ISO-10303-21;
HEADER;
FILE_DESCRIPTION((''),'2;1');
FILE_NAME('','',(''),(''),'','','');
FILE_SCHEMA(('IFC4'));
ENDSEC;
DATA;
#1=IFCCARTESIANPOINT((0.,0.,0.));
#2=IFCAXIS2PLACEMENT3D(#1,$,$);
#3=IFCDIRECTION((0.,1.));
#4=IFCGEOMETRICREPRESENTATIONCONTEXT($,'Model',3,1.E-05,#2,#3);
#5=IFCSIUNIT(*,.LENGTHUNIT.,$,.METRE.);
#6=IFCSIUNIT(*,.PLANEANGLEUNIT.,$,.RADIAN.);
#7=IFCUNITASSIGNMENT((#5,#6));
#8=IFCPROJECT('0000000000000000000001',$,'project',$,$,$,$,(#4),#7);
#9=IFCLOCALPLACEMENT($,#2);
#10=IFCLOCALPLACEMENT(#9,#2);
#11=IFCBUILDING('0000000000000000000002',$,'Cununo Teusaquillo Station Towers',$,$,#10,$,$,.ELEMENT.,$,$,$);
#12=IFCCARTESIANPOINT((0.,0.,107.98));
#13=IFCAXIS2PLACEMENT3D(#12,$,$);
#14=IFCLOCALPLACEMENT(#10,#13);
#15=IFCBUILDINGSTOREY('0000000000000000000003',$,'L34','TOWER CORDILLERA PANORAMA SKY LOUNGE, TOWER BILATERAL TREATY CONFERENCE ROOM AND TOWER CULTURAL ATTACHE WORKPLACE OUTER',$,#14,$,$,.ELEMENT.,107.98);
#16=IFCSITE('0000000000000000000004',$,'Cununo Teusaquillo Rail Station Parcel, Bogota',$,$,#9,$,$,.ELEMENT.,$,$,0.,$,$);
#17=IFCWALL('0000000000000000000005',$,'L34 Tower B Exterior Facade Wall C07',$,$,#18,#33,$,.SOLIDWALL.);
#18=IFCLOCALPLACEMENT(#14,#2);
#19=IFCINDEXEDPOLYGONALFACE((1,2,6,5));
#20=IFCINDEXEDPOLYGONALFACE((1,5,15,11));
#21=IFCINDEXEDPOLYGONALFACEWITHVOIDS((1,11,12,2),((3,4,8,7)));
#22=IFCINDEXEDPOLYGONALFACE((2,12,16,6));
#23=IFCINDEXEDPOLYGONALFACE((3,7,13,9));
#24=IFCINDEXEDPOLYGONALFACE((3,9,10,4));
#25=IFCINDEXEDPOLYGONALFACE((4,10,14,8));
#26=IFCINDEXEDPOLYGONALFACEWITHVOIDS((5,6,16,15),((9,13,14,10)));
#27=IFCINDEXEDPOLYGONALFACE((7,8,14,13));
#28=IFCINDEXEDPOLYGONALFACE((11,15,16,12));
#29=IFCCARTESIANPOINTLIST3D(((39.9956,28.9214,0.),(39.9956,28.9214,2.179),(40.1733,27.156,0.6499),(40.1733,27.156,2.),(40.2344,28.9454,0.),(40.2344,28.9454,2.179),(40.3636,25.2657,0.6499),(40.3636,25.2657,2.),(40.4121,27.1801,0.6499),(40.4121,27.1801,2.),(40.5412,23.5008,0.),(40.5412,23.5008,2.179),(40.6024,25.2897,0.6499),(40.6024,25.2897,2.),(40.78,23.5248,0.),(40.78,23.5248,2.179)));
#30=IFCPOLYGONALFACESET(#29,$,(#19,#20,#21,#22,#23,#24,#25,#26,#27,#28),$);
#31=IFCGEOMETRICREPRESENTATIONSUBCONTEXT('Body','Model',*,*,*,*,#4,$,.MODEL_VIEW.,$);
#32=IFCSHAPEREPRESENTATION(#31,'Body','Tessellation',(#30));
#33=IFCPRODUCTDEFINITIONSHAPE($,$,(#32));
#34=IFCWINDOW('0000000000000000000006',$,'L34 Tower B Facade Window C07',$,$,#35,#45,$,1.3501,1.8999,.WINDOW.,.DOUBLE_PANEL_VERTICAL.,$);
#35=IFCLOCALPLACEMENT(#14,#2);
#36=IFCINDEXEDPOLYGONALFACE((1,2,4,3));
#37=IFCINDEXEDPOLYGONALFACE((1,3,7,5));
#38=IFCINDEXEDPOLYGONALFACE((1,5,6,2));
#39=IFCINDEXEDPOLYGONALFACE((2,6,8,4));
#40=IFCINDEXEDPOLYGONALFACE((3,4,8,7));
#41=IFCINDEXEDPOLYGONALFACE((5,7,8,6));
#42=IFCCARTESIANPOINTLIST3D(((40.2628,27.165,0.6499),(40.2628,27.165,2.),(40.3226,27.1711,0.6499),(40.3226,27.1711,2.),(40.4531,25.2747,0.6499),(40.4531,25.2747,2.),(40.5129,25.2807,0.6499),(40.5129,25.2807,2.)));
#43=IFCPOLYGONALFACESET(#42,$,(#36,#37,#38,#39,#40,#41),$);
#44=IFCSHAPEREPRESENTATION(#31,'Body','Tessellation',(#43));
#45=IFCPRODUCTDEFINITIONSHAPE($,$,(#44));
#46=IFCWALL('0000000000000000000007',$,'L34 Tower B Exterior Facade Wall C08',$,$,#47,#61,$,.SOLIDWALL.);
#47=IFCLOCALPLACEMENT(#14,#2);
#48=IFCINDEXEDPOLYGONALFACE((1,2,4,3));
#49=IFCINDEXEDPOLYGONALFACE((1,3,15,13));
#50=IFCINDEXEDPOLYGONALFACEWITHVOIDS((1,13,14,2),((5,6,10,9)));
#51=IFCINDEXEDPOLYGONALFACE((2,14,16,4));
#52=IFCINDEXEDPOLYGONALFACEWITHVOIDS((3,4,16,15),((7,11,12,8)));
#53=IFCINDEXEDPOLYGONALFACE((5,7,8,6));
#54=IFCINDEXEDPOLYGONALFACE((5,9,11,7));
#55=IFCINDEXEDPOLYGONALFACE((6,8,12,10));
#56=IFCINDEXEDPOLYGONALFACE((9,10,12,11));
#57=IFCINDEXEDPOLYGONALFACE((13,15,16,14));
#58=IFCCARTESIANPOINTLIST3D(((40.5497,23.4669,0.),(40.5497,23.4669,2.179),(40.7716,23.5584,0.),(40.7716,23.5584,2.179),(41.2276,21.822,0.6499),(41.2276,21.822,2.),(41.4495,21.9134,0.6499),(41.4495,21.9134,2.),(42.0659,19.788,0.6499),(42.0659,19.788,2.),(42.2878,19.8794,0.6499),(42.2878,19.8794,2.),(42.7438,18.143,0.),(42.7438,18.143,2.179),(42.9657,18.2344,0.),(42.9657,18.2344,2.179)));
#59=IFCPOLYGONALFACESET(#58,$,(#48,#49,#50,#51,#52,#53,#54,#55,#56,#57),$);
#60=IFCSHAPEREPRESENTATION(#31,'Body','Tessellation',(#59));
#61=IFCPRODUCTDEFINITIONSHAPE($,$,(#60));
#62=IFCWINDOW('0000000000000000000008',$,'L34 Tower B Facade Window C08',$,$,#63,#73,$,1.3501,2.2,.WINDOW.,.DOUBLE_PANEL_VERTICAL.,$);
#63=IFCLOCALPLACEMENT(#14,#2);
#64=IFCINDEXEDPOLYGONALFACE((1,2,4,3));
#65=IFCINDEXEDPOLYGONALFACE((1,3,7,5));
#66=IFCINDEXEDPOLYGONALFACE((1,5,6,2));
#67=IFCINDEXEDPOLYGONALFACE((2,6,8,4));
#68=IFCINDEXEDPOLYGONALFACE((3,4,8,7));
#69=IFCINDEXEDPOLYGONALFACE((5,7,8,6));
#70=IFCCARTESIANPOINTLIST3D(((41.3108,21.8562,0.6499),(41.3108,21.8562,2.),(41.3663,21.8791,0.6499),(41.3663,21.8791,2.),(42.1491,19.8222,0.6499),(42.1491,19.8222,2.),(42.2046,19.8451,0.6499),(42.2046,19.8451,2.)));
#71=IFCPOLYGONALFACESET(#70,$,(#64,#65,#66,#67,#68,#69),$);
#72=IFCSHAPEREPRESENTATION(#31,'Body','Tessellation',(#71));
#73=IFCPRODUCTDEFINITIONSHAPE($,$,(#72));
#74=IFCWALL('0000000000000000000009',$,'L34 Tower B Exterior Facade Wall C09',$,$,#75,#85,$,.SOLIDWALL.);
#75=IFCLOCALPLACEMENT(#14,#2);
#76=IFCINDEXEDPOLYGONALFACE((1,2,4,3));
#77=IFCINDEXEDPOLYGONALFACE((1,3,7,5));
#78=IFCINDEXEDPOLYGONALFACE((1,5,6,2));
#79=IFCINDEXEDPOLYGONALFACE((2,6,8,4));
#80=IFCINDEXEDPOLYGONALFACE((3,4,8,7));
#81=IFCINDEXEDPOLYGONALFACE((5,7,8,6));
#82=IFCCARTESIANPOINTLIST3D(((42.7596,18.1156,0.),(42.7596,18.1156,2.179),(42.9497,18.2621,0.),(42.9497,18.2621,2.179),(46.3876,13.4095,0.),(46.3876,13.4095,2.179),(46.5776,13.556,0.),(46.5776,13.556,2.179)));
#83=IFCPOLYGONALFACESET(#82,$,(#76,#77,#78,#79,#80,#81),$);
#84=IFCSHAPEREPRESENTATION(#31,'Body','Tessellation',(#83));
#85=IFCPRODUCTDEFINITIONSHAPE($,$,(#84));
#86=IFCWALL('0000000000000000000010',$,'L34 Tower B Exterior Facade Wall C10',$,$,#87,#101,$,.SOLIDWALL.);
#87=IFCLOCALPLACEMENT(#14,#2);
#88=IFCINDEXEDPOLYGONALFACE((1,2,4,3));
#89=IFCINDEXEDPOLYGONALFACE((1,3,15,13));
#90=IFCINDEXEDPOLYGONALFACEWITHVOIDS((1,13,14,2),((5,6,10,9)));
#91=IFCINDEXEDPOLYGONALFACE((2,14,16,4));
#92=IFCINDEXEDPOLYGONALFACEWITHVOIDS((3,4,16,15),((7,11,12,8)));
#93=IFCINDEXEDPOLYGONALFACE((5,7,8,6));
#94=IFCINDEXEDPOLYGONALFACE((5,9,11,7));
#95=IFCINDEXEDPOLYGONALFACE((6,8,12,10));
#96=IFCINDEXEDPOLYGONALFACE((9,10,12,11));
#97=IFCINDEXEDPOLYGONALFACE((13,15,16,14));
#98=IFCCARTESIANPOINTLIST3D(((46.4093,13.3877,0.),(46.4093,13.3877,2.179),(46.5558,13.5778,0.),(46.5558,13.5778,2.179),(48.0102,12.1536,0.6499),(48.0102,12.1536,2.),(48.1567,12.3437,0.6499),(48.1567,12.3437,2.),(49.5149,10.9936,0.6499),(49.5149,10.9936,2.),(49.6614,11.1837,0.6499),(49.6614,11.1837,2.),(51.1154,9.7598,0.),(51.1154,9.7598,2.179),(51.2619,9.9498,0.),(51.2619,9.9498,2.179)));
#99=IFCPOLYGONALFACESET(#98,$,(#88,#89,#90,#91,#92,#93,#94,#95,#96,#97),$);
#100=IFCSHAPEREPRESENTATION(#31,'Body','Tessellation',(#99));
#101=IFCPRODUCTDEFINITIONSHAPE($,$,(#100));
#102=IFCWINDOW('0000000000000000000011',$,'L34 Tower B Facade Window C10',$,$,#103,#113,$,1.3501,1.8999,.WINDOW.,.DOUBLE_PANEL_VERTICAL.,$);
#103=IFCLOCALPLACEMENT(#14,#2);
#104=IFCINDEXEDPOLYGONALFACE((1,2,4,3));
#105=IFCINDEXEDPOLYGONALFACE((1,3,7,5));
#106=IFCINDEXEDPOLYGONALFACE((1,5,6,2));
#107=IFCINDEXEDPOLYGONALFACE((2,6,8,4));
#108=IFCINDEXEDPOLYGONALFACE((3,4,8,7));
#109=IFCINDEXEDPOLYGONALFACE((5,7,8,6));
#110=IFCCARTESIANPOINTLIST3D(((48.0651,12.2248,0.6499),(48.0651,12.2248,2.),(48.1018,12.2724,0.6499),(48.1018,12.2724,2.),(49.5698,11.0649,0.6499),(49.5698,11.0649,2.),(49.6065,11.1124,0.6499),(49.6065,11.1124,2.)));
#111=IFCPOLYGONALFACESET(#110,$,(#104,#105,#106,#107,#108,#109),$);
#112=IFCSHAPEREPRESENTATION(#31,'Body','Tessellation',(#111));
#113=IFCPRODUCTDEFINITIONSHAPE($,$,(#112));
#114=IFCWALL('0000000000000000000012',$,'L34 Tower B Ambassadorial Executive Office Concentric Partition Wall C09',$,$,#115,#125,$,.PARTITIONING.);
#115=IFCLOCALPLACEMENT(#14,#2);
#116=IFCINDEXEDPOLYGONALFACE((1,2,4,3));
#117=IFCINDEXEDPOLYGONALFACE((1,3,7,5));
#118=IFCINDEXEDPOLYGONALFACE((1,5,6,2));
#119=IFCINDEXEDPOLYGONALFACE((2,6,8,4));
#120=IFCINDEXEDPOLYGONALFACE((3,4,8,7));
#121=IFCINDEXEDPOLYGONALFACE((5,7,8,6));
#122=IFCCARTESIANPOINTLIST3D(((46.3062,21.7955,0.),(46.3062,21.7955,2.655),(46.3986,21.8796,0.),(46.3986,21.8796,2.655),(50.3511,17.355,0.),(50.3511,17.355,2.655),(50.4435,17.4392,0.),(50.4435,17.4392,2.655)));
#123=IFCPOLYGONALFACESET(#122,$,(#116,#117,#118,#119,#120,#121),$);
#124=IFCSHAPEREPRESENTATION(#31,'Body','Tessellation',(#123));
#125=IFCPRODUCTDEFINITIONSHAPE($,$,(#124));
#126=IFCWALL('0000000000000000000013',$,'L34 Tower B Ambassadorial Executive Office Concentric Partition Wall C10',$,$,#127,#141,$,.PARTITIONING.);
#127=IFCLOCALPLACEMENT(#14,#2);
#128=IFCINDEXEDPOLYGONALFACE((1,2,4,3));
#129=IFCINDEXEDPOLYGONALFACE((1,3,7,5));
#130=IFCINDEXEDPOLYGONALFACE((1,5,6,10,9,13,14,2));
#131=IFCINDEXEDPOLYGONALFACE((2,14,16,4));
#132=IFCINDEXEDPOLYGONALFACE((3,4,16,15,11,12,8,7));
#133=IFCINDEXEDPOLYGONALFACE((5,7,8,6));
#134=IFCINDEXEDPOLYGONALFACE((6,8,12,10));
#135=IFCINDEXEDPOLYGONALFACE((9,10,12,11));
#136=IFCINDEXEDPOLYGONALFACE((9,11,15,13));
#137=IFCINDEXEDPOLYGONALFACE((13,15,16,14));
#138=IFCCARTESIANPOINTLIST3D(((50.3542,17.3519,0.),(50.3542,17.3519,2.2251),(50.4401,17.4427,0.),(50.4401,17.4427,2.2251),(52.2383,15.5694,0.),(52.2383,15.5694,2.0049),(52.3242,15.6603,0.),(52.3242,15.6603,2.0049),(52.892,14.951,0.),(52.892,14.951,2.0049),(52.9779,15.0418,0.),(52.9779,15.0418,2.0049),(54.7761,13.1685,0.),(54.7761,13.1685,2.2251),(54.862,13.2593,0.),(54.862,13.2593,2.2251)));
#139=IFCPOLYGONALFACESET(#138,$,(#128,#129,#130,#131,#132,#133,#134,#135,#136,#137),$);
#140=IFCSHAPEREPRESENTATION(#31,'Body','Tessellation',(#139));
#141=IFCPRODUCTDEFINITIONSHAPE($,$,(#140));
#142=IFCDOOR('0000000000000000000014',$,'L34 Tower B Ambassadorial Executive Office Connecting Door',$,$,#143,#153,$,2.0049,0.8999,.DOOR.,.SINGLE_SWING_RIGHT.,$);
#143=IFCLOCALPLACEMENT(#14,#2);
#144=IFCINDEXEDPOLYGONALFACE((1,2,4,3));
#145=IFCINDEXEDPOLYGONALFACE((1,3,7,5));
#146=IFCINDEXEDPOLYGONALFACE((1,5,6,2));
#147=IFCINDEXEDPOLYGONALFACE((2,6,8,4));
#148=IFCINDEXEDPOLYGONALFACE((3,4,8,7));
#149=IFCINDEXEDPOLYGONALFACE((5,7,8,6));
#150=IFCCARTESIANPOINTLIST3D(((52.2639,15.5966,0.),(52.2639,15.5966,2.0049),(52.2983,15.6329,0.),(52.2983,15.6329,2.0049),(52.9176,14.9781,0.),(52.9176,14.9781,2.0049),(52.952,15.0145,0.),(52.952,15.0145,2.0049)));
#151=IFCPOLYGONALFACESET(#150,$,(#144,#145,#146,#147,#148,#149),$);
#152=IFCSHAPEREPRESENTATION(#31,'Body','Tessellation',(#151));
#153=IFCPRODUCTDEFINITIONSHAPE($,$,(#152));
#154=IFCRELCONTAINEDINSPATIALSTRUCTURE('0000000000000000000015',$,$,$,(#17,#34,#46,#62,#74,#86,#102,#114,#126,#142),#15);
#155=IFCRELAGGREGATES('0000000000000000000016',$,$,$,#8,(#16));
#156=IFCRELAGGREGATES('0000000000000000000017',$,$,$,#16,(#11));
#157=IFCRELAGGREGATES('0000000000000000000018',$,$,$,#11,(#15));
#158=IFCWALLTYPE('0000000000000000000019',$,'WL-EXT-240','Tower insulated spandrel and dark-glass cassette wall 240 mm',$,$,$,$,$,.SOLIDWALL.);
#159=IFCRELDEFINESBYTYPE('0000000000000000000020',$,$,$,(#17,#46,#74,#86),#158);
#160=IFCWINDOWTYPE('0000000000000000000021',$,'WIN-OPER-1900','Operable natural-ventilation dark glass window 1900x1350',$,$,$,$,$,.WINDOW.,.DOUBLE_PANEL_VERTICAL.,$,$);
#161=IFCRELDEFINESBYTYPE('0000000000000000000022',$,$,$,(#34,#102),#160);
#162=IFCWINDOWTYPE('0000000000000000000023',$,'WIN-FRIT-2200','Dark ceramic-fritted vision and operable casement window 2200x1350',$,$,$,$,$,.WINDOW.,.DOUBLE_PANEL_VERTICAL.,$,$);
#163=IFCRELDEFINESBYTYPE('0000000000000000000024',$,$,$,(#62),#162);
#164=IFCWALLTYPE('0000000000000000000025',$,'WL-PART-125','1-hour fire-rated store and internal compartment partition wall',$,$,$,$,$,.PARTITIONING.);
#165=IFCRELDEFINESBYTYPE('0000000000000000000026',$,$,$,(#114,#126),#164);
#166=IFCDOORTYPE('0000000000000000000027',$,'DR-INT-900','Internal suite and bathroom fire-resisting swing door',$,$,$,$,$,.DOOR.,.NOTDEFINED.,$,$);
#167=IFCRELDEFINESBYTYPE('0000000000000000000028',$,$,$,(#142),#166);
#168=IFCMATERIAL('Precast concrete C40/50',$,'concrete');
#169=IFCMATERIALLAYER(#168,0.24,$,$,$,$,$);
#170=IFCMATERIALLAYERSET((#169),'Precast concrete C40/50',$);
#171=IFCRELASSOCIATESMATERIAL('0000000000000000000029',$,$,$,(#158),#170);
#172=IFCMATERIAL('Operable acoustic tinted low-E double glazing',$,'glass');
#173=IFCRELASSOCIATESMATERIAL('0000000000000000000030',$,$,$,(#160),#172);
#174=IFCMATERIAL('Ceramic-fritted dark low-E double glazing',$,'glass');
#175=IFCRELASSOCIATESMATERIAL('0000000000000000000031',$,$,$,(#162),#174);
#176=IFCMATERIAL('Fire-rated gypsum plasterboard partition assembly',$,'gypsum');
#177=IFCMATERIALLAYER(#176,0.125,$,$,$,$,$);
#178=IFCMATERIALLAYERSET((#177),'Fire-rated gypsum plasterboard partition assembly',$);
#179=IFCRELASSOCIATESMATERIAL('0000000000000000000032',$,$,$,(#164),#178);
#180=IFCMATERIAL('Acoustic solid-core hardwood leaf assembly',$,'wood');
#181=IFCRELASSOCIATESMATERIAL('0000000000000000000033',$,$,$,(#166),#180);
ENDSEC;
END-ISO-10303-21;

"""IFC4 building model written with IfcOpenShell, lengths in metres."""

from ifc_helpers import new_model, si_unit, direction, frame, frame_2d, origin, place, context, subcontext, project, spatial, rectangle, extrude, source, transform, mapped, material, layer, layer_set, type_object, element, fill, save


model = new_model("IFC4")

# Units and contexts
model_context = context("Model", 3, precision=1e-05, world=origin(), true_north=direction((0.0, 1.0)))
body_context = subcontext(model_context, "Body", "Model", "MODEL_VIEW")
ifc_project = project(units=[si_unit("LENGTHUNIT", "METRE"), si_unit("PLANEANGLEUNIT", "RADIAN")], contexts=[model_context])

# Site, building, storey
site_placement = place(None, origin())
site = spatial("IfcSite", under=ifc_project, at=site_placement, Name="Cununo Teusaquillo Rail Station Parcel, Bogota", CompositionType="ELEMENT", RefElevation=0.0)
building_placement = place(site_placement, origin())
building = spatial("IfcBuilding", under=site, at=building_placement, Name="Cununo Teusaquillo Station Towers", CompositionType="ELEMENT")
storey_placement = place(building_placement, frame((0.0, 0.0, 107.98)))
storey = spatial("IfcBuildingStorey", under=building, at=storey_placement, Name="L34", Description="TOWER CORDILLERA PANORAMA SKY LOUNGE, TOWER BILATERAL TREATY CONFERENCE ROOM AND TOWER CULTURAL ATTACHE WORKPLACE OUTER", CompositionType="ELEMENT", Elevation=107.98)

# Shared definitions
ifc_material_1 = material(Name="Precast concrete C40/50", Category="concrete")
ifc_layer_1 = layer(ifc_material_1, 0.24)
ifc_layer_set_1 = layer_set([ifc_layer_1], Name="Precast concrete C40/50")
wall_type_1 = type_object("IfcWallType", Name="WL-EXT-240", Description="Tower insulated spandrel and dark-glass cassette wall 240 mm", PredefinedType="SOLIDWALL", material=ifc_layer_set_1)

# Walls, openings, windows
shared_shape_1 = source(origin(), body_context, "Body", "SweptSolid", [
    extrude(rectangle(XDim=1.8999, YDim=1.3501, at=frame_2d((0.95, 0.675))), frame((0.0, 0.1299, 0.0), z_axis=(0.0, -1.0, 0.0), x_axis=(1.0, 0.0, 0.0)), (0.0, 0.0, 1.0), 0.26),
])
ifc_material_2 = material(Name="Operable acoustic tinted low-E double glazing", Category="glass")
window_type_1 = type_object("IfcWindowType", Name="WIN-OPER-1900", Description="Operable natural-ventilation dark glass window 1900x1350", PartitioningType="DOUBLE_PANEL_VERTICAL", PredefinedType="WINDOW", material=ifc_material_2)
shared_shape_2 = source(origin(), body_context, "Body", "SweptSolid", [
    extrude(rectangle(XDim=1.8999, YDim=1.3501, at=frame_2d((0.95, 0.675))), frame((0.0, 0.03, 0.0), z_axis=(0.0, -1.0, 0.0), x_axis=(1.0, 0.0, 0.0)), (0.0, 0.0, 1.0), 0.0601),
])
wall_1_placement = place(storey_placement, frame((40.6606, 23.5127, 0.0), z_axis=(0.0, 0.0, 1.0), x_axis=(-0.100156, 0.994972, 0.0)))
wall_1 = element("IfcWall", 1, at=wall_1_placement, inside=storey, type_object=wall_type_1, Name="L34 Tower B Exterior Facade Wall C07", PredefinedType="SOLIDWALL", context=body_context, shape_type="SweptSolid", body=[
    extrude(rectangle(XDim=5.448, YDim=0.24, at=frame_2d((2.7241, 0.0))), origin(), (0.0, 0.0, 1.0), 2.179),
])
opening_1_placement = place(wall_1_placement, frame((1.7739, 0.0, 0.6499)))
opening_1 = element("IfcOpeningElement", 2, at=opening_1_placement, cuts=wall_1, PredefinedType="OPENING", context=body_context, shape_type="MappedRepresentation", body=[
    mapped(shared_shape_1, transform((0.0, 0.0, 0.0), x_axis=(1.0, 0.0, 0.0), y_axis=(0.0, 1.0, 0.0), z_axis=(0.0, 0.0, 1.0), scale=1.0)),
])
window_1_placement = place(opening_1_placement, origin())
window_1 = element("IfcWindow", 3, at=window_1_placement, inside=storey, type_object=window_type_1, Name="L34 Tower B Facade Window C07", OverallHeight=1.3501, OverallWidth=1.8999, PartitioningType="DOUBLE_PANEL_VERTICAL", PredefinedType="WINDOW", context=body_context, shape_type="MappedRepresentation", body=[
    mapped(shared_shape_2, transform((0.0, 0.0, 0.0), x_axis=(1.0, 0.0, 0.0), y_axis=(0.0, 1.0, 0.0), z_axis=(0.0, 0.0, 1.0), scale=1.0)),
])
fill(opening_1, window_1)
wall_2_placement = place(storey_placement, frame((42.8547, 18.1887, 0.0), z_axis=(0.0, 0.0, 1.0), x_axis=(-0.381027, 0.924564, 0.0)))
wall_2 = element("IfcWall", 4, at=wall_2_placement, inside=storey, type_object=wall_type_1, Name="L34 Tower B Exterior Facade Wall C08", PredefinedType="SOLIDWALL", context=body_context, shape_type="SweptSolid", body=[
    extrude(rectangle(XDim=5.7583, YDim=0.24, at=frame_2d((2.8792, 0.0))), origin(), (0.0, 0.0, 1.0), 2.179),
])
shared_shape_3 = source(origin(), body_context, "Body", "SweptSolid", [
    extrude(rectangle(XDim=2.2, YDim=1.3501, at=frame_2d((1.1001, 0.675))), frame((0.0, 0.1299, 0.0), z_axis=(0.0, -1.0, 0.0), x_axis=(1.0, 0.0, 0.0)), (0.0, 0.0, 1.0), 0.26),
])
opening_2_placement = place(wall_2_placement, frame((1.7791, 0.0, 0.6499)))
opening_2 = element("IfcOpeningElement", 5, at=opening_2_placement, cuts=wall_2, PredefinedType="OPENING", context=body_context, shape_type="MappedRepresentation", body=[
    mapped(shared_shape_3, transform((0.0, 0.0, 0.0), x_axis=(1.0, 0.0, 0.0), y_axis=(0.0, 1.0, 0.0), z_axis=(0.0, 0.0, 1.0), scale=1.0)),
])
ifc_material_3 = material(Name="Ceramic-fritted dark low-E double glazing", Category="glass")
window_type_2 = type_object("IfcWindowType", Name="WIN-FRIT-2200", Description="Dark ceramic-fritted vision and operable casement window 2200x1350", PartitioningType="DOUBLE_PANEL_VERTICAL", PredefinedType="WINDOW", material=ifc_material_3)
shared_shape_4 = source(origin(), body_context, "Body", "SweptSolid", [
    extrude(rectangle(XDim=2.2, YDim=1.3501, at=frame_2d((1.1001, 0.675))), frame((0.0, 0.03, 0.0), z_axis=(0.0, -1.0, 0.0), x_axis=(1.0, 0.0, 0.0)), (0.0, 0.0, 1.0), 0.0601),
])
window_2_placement = place(opening_2_placement, origin())
window_2 = element("IfcWindow", 6, at=window_2_placement, inside=storey, type_object=window_type_2, Name="L34 Tower B Facade Window C08", OverallHeight=1.3501, OverallWidth=2.2, PartitioningType="DOUBLE_PANEL_VERTICAL", PredefinedType="WINDOW", context=body_context, shape_type="MappedRepresentation", body=[
    mapped(shared_shape_4, transform((0.0, 0.0, 0.0), x_axis=(1.0, 0.0, 0.0), y_axis=(0.0, 1.0, 0.0), z_axis=(0.0, 0.0, 1.0), scale=1.0)),
])
fill(opening_2, window_2)

# Wall
wall_3_placement = place(storey_placement, frame((46.4827, 13.4827, 0.0), z_axis=(0.0, 0.0, 1.0), x_axis=(-0.610544, 0.791982, 0.0)))
element("IfcWall", 7, at=wall_3_placement, inside=storey, type_object=wall_type_1, Name="L34 Tower B Exterior Facade Wall C09", PredefinedType="SOLIDWALL", context=body_context, shape_type="SweptSolid", body=[
    extrude(rectangle(XDim=5.9421, YDim=0.24, at=frame_2d((2.9712, 0.0))), origin(), (0.0, 0.0, 1.0), 2.179),
])

# Wall, opening, window
wall_4_placement = place(storey_placement, frame((51.1887, 9.8547, 0.0), z_axis=(0.0, 0.0, 1.0), x_axis=(-0.791982, 0.610544, 0.0)))
wall_4 = element("IfcWall", 8, at=wall_4_placement, inside=storey, type_object=wall_type_1, Name="L34 Tower B Exterior Facade Wall C10", PredefinedType="SOLIDWALL", context=body_context, shape_type="SweptSolid", body=[
    extrude(rectangle(XDim=5.9421, YDim=0.24, at=frame_2d((2.9712, 0.0))), origin(), (0.0, 0.0, 1.0), 2.179),
])
opening_3_placement = place(wall_4_placement, frame((2.021, 0.0, 0.6499)))
opening_3 = element("IfcOpeningElement", 9, at=opening_3_placement, cuts=wall_4, PredefinedType="OPENING", context=body_context, shape_type="MappedRepresentation", body=[
    mapped(shared_shape_1, transform((0.0, 0.0, 0.0), x_axis=(1.0, 0.0, 0.0), y_axis=(0.0, 1.0, 0.0), z_axis=(0.0, 0.0, 1.0), scale=1.0)),
])
window_3_placement = place(opening_3_placement, origin())
window_3 = element("IfcWindow", 10, at=window_3_placement, inside=storey, type_object=window_type_1, Name="L34 Tower B Facade Window C10", OverallHeight=1.3501, OverallWidth=1.8999, PartitioningType="DOUBLE_PANEL_VERTICAL", PredefinedType="WINDOW", context=body_context, shape_type="MappedRepresentation", body=[
    mapped(shared_shape_2, transform((0.0, 0.0, 0.0), x_axis=(1.0, 0.0, 0.0), y_axis=(0.0, 1.0, 0.0), z_axis=(0.0, 0.0, 1.0), scale=1.0)),
])
fill(opening_3, window_3)

# Wall
ifc_material_4 = material(Name="Fire-rated gypsum plasterboard partition assembly", Category="gypsum")
ifc_layer_2 = layer(ifc_material_4, 0.125)
ifc_layer_set_2 = layer_set([ifc_layer_2], Name="Fire-rated gypsum plasterboard partition assembly")
wall_type_2 = type_object("IfcWallType", Name="WL-PART-125", Description="1-hour fire-rated store and internal compartment partition wall", PredefinedType="PARTITIONING", material=ifc_layer_set_2)
wall_5_placement = place(storey_placement, frame((46.3523, 21.8376, 0.0), z_axis=(0.0, 0.0, 1.0), x_axis=(0.673417, -0.739263, 0.0)))
element("IfcWall", 11, at=wall_5_placement, inside=storey, type_object=wall_type_2, Name="L34 Tower B Ambassadorial Executive Office Concentric Partition Wall C09", PredefinedType="PARTITIONING", context=body_context, shape_type="SweptSolid", body=[
    extrude(rectangle(XDim=6.0066, YDim=0.125, at=frame_2d((3.0034, 0.0))), origin(), (0.0, 0.0, 1.0), 2.655),
])

# Wall, opening, door
wall_6_placement = place(storey_placement, frame((50.3972, 17.3972, 0.0), z_axis=(0.0, 0.0, 1.0), x_axis=(0.726428, -0.687243, 0.0)))
wall_6 = element("IfcWall", 12, at=wall_6_placement, inside=storey, type_object=wall_type_2, Name="L34 Tower B Ambassadorial Executive Office Concentric Partition Wall C10", PredefinedType="PARTITIONING", context=body_context, shape_type="SweptSolid", body=[
    extrude(rectangle(XDim=6.0872, YDim=0.125, at=frame_2d((3.0435, 0.0))), origin(), (0.0, 0.0, 1.0), 2.2251),
])
shared_shape_5 = source(origin(), body_context, "Body", "SweptSolid", [
    extrude(rectangle(XDim=0.8999, YDim=2.0049, at=frame_2d((0.45, 1.0024))), frame((0.0, 0.0725, 0.0), z_axis=(0.0, -1.0, 0.0), x_axis=(1.0, 0.0, 0.0)), (0.0, 0.0, 1.0), 0.145),
])
opening_4_placement = place(wall_6_placement, frame((2.5935, 0.0, 0.0)))
opening_4 = element("IfcOpeningElement", 13, at=opening_4_placement, cuts=wall_6, PredefinedType="OPENING", context=body_context, shape_type="MappedRepresentation", body=[
    mapped(shared_shape_5, transform((0.0, 0.0, 0.0), x_axis=(1.0, 0.0, 0.0), y_axis=(0.0, 1.0, 0.0), z_axis=(0.0, 0.0, 1.0), scale=1.0)),
])
ifc_material_5 = material(Name="Acoustic solid-core hardwood leaf assembly", Category="wood")
door_type_1 = type_object("IfcDoorType", Name="DR-INT-900", Description="Internal suite and bathroom fire-resisting swing door", OperationType="NOTDEFINED", PredefinedType="DOOR", material=ifc_material_5)
shared_shape_6 = source(origin(), body_context, "Body", "SweptSolid", [
    extrude(rectangle(XDim=0.8999, YDim=2.0049, at=frame_2d((0.45, 1.0024))), frame((0.0, 0.0249, 0.0), z_axis=(0.0, -1.0, 0.0), x_axis=(1.0, 0.0, 0.0)), (0.0, 0.0, 1.0), 0.05),
])
door_1_placement = place(opening_4_placement, origin())
door_1 = element("IfcDoor", 14, at=door_1_placement, inside=storey, type_object=door_type_1, Name="L34 Tower B Ambassadorial Executive Office Connecting Door", OperationType="SINGLE_SWING_RIGHT", OverallHeight=2.0049, OverallWidth=0.8999, PredefinedType="DOOR", context=body_context, shape_type="MappedRepresentation", body=[
    mapped(shared_shape_6, transform((0.0, 0.0, 0.0), x_axis=(1.0, 0.0, 0.0), y_axis=(0.0, 1.0, 0.0), z_axis=(0.0, 0.0, 1.0), scale=1.0)),
])
fill(opening_4, door_1)

save(model, "model.ifc")
